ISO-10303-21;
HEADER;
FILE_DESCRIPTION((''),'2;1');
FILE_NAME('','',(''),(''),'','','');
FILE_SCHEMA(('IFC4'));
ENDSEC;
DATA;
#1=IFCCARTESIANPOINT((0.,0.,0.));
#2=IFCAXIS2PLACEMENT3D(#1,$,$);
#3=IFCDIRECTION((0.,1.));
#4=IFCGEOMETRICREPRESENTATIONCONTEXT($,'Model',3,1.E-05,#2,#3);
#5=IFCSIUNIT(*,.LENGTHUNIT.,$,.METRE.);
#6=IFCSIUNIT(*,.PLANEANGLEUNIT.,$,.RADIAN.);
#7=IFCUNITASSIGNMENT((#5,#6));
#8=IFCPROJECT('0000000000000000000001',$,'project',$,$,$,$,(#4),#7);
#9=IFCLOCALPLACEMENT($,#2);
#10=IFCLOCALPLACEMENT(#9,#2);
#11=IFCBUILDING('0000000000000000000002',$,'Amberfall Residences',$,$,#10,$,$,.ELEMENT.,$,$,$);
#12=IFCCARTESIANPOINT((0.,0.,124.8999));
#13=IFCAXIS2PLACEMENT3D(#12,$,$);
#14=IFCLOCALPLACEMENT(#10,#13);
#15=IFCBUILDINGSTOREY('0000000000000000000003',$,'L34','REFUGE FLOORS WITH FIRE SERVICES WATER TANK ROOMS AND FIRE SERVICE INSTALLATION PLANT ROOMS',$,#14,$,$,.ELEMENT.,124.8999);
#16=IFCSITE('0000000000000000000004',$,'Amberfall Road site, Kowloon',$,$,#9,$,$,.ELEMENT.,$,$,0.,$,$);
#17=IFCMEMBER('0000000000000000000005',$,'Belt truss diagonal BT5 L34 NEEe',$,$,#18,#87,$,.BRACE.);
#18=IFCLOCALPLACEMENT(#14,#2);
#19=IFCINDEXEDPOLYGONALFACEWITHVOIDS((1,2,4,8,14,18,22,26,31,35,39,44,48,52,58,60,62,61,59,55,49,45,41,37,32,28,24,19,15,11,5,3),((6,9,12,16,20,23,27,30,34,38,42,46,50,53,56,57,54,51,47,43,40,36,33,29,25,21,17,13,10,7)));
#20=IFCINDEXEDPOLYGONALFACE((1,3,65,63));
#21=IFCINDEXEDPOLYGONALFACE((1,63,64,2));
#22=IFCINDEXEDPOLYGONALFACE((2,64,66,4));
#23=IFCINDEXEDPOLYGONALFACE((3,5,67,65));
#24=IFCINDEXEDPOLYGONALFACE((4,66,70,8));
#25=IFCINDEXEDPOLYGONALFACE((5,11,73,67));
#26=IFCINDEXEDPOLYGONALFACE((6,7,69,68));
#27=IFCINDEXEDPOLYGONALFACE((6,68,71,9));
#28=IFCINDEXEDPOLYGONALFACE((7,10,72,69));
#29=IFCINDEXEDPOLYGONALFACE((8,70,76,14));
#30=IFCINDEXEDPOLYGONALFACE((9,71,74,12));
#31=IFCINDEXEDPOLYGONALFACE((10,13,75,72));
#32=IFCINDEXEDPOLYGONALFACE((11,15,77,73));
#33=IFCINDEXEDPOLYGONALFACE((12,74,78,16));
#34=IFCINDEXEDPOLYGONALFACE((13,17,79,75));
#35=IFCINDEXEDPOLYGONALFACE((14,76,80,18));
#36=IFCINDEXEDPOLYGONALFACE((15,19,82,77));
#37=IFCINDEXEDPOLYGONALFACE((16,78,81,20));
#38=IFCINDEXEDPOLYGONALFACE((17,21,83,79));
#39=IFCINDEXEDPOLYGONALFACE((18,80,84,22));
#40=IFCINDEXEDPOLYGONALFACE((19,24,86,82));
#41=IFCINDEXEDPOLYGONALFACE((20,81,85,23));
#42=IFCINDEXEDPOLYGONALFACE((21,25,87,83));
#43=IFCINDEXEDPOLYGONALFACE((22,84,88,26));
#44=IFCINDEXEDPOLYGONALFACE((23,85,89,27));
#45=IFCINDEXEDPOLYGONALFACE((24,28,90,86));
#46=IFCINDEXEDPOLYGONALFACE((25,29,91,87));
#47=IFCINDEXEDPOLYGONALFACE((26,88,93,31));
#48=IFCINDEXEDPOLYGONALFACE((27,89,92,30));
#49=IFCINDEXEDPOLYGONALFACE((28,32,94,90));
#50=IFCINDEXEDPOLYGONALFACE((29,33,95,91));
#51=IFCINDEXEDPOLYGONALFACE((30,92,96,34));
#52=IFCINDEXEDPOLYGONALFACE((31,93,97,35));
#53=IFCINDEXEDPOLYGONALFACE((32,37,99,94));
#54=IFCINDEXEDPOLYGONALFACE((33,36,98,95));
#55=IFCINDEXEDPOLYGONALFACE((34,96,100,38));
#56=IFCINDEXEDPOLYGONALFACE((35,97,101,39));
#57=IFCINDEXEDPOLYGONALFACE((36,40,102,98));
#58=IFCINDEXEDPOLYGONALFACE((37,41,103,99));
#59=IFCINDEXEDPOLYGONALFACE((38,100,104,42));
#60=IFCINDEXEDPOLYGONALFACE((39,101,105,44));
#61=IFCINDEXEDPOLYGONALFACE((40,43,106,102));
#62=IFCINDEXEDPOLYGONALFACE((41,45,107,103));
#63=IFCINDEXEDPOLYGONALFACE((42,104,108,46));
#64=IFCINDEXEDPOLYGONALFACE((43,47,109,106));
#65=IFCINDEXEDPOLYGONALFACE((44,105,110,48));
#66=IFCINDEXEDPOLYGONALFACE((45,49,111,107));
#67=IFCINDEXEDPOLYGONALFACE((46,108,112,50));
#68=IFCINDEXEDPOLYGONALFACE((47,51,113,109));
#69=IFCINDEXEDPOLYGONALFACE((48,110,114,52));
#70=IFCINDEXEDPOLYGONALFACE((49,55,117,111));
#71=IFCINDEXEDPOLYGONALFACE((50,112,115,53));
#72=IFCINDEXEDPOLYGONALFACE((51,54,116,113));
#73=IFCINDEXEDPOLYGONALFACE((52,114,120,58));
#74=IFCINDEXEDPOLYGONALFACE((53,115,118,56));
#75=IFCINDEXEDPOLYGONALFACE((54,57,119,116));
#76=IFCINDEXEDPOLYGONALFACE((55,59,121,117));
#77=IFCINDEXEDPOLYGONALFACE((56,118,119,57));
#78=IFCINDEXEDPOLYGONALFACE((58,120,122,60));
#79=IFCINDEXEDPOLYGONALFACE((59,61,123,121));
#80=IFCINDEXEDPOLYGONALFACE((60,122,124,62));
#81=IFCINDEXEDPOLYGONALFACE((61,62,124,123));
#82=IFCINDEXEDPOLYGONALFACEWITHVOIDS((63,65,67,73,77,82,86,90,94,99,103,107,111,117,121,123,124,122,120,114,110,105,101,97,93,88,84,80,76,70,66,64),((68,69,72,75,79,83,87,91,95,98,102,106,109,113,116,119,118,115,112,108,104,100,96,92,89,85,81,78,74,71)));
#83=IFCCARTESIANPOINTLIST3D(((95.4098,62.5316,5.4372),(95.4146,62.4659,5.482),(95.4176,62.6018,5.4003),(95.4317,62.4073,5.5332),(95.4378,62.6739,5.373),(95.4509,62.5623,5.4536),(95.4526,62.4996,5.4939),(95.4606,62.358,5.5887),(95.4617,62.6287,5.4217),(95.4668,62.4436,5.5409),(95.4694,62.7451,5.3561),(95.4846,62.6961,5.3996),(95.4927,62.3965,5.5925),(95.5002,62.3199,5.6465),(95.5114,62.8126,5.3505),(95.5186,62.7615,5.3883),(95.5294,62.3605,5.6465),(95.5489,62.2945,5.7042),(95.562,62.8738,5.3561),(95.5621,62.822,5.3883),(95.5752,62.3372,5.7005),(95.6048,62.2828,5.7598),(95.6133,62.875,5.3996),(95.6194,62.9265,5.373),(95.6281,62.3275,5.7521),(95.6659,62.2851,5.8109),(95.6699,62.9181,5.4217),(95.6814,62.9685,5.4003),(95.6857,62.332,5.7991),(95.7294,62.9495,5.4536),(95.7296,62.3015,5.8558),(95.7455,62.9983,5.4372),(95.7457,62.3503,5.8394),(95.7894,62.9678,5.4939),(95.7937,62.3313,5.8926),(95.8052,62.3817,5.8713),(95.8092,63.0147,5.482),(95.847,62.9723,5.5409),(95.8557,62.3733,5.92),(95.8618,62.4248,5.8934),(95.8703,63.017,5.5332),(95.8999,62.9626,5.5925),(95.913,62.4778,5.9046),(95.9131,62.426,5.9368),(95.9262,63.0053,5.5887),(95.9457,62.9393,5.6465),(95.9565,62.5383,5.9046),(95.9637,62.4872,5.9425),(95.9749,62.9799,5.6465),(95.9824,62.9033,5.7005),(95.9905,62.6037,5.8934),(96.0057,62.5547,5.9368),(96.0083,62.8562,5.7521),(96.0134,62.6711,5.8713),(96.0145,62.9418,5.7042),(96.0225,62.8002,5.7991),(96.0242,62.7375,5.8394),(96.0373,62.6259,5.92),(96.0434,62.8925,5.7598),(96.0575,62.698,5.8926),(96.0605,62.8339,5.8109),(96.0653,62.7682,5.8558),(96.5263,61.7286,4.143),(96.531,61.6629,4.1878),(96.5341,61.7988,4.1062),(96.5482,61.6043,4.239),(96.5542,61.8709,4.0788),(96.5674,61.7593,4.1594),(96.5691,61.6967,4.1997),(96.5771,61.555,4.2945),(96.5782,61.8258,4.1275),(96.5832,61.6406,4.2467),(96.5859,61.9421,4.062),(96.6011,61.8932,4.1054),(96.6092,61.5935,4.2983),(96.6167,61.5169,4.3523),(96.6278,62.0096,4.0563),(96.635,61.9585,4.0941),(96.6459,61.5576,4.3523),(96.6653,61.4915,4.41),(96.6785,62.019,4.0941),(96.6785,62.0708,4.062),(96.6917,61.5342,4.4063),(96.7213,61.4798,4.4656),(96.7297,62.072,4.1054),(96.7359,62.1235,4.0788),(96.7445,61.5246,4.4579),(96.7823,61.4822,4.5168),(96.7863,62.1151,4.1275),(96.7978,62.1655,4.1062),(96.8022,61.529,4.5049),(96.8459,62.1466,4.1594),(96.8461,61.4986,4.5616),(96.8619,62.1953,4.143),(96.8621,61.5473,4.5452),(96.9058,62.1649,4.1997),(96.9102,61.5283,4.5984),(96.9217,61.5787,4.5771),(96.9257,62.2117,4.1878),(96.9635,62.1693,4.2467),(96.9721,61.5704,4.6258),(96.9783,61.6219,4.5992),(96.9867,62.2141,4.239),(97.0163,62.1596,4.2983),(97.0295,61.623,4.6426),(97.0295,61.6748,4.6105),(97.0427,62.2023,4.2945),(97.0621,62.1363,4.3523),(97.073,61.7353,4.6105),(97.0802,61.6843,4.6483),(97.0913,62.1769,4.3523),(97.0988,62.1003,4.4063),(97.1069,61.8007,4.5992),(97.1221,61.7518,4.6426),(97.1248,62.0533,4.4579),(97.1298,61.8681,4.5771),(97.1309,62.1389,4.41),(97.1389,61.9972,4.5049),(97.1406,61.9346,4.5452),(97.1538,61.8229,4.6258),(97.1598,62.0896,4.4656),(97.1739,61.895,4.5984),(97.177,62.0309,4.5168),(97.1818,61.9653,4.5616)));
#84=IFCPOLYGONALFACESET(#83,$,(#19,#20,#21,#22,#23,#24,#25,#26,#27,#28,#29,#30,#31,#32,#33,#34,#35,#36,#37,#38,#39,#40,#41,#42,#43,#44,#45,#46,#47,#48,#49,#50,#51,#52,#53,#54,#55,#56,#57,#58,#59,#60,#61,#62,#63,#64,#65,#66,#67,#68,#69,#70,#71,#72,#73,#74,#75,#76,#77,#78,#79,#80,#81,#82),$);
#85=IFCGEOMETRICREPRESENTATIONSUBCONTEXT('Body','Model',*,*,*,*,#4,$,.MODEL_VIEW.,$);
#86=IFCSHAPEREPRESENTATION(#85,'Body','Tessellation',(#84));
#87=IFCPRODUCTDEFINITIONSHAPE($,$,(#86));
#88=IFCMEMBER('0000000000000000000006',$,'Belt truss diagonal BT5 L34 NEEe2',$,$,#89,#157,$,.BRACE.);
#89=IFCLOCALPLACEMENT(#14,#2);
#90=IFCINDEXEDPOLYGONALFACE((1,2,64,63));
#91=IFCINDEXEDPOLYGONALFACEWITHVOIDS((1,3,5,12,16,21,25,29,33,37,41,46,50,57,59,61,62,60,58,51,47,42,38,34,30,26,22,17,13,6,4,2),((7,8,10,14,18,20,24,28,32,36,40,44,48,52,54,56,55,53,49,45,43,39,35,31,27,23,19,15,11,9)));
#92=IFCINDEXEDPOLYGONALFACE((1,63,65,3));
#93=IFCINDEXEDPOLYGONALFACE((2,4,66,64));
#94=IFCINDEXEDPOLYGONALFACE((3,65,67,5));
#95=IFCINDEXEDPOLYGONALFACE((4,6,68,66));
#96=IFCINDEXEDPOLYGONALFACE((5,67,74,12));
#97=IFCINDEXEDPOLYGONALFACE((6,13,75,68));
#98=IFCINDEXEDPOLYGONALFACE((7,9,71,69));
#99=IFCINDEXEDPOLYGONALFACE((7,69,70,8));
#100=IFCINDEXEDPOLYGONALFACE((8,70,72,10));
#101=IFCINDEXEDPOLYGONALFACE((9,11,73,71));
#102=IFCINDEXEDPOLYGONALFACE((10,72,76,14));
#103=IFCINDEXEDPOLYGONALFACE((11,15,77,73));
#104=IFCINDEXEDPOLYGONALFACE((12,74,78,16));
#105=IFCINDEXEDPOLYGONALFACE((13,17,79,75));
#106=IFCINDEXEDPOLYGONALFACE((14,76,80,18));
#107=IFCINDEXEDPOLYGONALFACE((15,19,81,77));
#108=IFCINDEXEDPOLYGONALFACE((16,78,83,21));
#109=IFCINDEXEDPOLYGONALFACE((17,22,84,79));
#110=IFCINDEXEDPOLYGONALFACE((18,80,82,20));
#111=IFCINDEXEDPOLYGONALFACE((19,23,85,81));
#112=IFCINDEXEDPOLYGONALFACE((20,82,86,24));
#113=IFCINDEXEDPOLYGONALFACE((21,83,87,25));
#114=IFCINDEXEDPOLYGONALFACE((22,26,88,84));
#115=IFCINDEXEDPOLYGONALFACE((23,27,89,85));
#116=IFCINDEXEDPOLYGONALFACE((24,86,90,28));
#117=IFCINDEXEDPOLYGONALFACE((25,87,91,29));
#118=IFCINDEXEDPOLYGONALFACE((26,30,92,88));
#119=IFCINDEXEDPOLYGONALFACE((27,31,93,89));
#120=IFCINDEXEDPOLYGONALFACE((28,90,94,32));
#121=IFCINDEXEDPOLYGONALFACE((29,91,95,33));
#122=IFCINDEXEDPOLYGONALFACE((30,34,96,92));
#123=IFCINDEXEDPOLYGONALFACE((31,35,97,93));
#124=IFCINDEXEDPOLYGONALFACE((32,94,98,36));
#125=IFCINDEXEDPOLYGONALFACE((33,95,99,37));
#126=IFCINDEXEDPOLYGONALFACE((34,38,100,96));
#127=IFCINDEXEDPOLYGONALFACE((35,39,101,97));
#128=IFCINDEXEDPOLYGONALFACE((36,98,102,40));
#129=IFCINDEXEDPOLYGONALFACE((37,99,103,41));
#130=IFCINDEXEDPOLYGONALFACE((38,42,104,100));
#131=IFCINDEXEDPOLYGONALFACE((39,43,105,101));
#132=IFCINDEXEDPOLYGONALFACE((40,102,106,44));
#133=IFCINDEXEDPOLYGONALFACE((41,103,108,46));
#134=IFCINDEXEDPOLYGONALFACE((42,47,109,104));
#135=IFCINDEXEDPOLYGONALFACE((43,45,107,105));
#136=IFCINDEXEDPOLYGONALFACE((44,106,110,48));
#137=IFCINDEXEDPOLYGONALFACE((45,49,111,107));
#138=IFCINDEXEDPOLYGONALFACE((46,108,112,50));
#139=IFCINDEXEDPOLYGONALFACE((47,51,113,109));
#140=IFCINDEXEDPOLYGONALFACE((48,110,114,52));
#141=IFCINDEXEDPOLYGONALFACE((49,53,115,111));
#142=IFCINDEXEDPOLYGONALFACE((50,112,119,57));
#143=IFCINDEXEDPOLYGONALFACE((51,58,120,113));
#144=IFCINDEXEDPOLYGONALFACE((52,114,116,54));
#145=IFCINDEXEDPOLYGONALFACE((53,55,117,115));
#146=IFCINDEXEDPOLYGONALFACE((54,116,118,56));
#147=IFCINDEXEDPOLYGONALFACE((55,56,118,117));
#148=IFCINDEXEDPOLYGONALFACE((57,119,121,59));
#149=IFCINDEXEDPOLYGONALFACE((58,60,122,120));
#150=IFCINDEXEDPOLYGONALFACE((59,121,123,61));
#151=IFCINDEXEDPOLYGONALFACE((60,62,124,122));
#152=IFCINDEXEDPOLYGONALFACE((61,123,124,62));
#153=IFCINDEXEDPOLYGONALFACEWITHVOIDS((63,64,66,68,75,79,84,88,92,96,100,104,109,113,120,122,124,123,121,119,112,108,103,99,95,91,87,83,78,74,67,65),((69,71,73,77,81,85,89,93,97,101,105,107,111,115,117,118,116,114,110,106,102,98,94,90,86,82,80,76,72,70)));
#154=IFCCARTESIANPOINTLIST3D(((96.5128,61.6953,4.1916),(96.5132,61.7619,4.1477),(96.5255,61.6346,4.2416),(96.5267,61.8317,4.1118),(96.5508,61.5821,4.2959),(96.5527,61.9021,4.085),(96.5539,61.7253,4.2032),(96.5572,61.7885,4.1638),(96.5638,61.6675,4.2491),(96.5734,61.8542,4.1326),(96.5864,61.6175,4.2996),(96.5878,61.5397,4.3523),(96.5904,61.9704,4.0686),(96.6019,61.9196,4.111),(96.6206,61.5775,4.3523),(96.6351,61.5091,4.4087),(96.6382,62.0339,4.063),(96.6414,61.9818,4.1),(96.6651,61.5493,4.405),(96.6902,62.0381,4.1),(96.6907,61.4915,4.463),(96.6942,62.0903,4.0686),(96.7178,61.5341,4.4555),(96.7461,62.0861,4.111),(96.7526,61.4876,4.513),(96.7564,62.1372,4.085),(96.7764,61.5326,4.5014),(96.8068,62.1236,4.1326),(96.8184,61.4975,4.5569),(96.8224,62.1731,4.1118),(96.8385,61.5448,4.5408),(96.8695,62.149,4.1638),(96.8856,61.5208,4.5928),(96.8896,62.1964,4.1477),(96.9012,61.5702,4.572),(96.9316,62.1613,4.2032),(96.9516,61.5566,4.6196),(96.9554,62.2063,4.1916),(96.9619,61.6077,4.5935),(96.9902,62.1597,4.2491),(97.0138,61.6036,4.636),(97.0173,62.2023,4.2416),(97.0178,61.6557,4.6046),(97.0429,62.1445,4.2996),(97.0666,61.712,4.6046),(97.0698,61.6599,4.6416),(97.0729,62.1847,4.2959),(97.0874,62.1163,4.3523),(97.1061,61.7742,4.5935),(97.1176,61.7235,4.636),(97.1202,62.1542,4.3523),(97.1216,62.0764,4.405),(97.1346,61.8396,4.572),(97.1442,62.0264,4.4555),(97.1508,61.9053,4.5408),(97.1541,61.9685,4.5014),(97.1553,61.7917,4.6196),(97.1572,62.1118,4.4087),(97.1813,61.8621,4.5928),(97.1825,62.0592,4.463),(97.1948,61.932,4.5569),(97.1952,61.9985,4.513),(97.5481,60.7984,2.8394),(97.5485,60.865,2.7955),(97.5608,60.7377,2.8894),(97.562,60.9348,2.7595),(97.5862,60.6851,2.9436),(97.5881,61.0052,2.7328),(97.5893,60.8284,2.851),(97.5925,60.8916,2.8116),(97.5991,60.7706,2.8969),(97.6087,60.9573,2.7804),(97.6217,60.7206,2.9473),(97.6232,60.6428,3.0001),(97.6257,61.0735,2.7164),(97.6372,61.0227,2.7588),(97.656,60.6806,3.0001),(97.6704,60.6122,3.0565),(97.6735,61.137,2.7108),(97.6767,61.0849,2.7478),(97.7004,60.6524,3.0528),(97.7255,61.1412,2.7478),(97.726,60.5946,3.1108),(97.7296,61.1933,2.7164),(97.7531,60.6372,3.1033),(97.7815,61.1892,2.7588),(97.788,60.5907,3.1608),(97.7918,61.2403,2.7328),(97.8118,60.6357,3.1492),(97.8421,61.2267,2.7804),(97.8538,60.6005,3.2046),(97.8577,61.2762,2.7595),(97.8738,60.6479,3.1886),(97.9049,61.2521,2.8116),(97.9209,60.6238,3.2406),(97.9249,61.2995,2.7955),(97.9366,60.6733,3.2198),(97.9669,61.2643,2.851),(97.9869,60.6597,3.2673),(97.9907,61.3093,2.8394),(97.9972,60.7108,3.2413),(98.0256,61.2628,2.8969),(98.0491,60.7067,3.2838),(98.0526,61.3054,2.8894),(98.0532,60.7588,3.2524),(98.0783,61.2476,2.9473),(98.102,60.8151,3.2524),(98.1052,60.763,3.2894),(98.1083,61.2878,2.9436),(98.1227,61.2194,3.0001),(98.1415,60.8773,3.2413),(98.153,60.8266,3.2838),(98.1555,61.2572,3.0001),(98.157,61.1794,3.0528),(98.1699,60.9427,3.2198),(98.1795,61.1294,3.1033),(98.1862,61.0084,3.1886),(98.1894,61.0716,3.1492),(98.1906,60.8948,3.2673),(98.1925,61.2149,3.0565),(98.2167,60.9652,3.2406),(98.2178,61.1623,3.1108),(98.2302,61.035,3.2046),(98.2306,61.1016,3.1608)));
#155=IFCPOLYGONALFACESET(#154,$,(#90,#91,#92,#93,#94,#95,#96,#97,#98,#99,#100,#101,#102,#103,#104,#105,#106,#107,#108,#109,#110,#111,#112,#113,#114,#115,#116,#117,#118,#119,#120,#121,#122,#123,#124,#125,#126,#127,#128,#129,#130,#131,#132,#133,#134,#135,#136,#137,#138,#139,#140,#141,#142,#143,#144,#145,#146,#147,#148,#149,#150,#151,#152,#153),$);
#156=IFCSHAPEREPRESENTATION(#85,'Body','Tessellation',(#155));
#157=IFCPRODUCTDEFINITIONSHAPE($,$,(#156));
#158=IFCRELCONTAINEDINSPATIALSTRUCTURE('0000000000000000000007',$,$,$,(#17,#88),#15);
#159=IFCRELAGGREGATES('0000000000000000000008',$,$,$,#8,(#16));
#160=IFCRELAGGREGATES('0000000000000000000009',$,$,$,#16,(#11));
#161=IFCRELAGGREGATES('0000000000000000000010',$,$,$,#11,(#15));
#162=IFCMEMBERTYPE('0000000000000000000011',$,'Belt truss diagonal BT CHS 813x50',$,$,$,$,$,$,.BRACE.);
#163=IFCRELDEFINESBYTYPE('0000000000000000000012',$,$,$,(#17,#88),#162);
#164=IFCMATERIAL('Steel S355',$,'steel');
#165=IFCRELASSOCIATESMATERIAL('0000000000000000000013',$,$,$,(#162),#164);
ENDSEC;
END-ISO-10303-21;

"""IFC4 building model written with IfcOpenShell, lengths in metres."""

from ifc_helpers import new_model, si_unit, direction, frame, origin, origin_2d, place, context, subcontext, project, spatial, hollow_circle, extrude, material, material_profile, profile_set, type_object, element, save


model = new_model("IFC4")

# Units and contexts
model_context = context("Model", 3, precision=1e-05, world=origin(), true_north=direction((0.0, 1.0)))
body_context = subcontext(model_context, "Body", "Model", "MODEL_VIEW")
ifc_project = project(units=[si_unit("LENGTHUNIT", "METRE"), si_unit("PLANEANGLEUNIT", "RADIAN")], contexts=[model_context])

# Site, building, storey
site_placement = place(None, origin())
site = spatial("IfcSite", under=ifc_project, at=site_placement, Name="Amberfall Road site, Kowloon", CompositionType="ELEMENT", RefElevation=0.0)
building_placement = place(site_placement, origin())
building = spatial("IfcBuilding", under=site, at=building_placement, Name="Amberfall Residences", CompositionType="ELEMENT")
storey_placement = place(building_placement, frame((0.0, 0.0, 124.8999)))
storey = spatial("IfcBuildingStorey", under=building, at=storey_placement, Name="L34", Description="REFUGE FLOORS WITH FIRE SERVICES WATER TANK ROOMS AND FIRE SERVICE INSTALLATION PLANT ROOMS", CompositionType="ELEMENT", Elevation=124.8999)

# Shared definitions
ifc_material_1 = material(Name="Steel S355", Category="steel")

# Members
ifc_material_profile_1 = material_profile(ifc_material_1, hollow_circle(Radius=0.4065, WallThickness=0.05, at=origin_2d()), Name="CHS 813x50")
ifc_profile_set_1 = profile_set([ifc_material_profile_1], Name="Steel S355")
member_type = type_object("IfcMemberType", Name="Belt truss diagonal BT CHS 813x50", PredefinedType="BRACE", material=ifc_profile_set_1)
member_1_placement = place(storey_placement, frame((95.7375, 62.6499, 5.6465), z_axis=(0.591208, -0.425209, -0.685325), x_axis=(0.583888, 0.811834, 0.0)))
element("IfcMember", 1, at=member_1_placement, inside=storey, type_object=member_type, Name="Belt truss diagonal BT5 L34 NEEe", PredefinedType="BRACE", context=body_context, shape_type="SweptSolid", body=[
    extrude(hollow_circle(Radius=0.4065, WallThickness=0.05, at=origin_2d()), origin(), (0.0, 0.0, 1.0), 1.8884),
])
member_2_placement = place(storey_placement, frame((96.854, 61.8469, 4.3523), z_axis=(0.537893, -0.465979, -0.70252), x_axis=(0.654774, 0.755824, 0.0)))
element("IfcMember", 2, at=member_2_placement, inside=storey, type_object=member_type, Name="Belt truss diagonal BT5 L34 NEEe2", PredefinedType="BRACE", context=body_context, shape_type="SweptSolid", body=[
    extrude(hollow_circle(Radius=0.4065, WallThickness=0.05, at=origin_2d()), origin(), (0.0, 0.0, 1.0), 1.9248),
])

save(model, "model.ifc")
